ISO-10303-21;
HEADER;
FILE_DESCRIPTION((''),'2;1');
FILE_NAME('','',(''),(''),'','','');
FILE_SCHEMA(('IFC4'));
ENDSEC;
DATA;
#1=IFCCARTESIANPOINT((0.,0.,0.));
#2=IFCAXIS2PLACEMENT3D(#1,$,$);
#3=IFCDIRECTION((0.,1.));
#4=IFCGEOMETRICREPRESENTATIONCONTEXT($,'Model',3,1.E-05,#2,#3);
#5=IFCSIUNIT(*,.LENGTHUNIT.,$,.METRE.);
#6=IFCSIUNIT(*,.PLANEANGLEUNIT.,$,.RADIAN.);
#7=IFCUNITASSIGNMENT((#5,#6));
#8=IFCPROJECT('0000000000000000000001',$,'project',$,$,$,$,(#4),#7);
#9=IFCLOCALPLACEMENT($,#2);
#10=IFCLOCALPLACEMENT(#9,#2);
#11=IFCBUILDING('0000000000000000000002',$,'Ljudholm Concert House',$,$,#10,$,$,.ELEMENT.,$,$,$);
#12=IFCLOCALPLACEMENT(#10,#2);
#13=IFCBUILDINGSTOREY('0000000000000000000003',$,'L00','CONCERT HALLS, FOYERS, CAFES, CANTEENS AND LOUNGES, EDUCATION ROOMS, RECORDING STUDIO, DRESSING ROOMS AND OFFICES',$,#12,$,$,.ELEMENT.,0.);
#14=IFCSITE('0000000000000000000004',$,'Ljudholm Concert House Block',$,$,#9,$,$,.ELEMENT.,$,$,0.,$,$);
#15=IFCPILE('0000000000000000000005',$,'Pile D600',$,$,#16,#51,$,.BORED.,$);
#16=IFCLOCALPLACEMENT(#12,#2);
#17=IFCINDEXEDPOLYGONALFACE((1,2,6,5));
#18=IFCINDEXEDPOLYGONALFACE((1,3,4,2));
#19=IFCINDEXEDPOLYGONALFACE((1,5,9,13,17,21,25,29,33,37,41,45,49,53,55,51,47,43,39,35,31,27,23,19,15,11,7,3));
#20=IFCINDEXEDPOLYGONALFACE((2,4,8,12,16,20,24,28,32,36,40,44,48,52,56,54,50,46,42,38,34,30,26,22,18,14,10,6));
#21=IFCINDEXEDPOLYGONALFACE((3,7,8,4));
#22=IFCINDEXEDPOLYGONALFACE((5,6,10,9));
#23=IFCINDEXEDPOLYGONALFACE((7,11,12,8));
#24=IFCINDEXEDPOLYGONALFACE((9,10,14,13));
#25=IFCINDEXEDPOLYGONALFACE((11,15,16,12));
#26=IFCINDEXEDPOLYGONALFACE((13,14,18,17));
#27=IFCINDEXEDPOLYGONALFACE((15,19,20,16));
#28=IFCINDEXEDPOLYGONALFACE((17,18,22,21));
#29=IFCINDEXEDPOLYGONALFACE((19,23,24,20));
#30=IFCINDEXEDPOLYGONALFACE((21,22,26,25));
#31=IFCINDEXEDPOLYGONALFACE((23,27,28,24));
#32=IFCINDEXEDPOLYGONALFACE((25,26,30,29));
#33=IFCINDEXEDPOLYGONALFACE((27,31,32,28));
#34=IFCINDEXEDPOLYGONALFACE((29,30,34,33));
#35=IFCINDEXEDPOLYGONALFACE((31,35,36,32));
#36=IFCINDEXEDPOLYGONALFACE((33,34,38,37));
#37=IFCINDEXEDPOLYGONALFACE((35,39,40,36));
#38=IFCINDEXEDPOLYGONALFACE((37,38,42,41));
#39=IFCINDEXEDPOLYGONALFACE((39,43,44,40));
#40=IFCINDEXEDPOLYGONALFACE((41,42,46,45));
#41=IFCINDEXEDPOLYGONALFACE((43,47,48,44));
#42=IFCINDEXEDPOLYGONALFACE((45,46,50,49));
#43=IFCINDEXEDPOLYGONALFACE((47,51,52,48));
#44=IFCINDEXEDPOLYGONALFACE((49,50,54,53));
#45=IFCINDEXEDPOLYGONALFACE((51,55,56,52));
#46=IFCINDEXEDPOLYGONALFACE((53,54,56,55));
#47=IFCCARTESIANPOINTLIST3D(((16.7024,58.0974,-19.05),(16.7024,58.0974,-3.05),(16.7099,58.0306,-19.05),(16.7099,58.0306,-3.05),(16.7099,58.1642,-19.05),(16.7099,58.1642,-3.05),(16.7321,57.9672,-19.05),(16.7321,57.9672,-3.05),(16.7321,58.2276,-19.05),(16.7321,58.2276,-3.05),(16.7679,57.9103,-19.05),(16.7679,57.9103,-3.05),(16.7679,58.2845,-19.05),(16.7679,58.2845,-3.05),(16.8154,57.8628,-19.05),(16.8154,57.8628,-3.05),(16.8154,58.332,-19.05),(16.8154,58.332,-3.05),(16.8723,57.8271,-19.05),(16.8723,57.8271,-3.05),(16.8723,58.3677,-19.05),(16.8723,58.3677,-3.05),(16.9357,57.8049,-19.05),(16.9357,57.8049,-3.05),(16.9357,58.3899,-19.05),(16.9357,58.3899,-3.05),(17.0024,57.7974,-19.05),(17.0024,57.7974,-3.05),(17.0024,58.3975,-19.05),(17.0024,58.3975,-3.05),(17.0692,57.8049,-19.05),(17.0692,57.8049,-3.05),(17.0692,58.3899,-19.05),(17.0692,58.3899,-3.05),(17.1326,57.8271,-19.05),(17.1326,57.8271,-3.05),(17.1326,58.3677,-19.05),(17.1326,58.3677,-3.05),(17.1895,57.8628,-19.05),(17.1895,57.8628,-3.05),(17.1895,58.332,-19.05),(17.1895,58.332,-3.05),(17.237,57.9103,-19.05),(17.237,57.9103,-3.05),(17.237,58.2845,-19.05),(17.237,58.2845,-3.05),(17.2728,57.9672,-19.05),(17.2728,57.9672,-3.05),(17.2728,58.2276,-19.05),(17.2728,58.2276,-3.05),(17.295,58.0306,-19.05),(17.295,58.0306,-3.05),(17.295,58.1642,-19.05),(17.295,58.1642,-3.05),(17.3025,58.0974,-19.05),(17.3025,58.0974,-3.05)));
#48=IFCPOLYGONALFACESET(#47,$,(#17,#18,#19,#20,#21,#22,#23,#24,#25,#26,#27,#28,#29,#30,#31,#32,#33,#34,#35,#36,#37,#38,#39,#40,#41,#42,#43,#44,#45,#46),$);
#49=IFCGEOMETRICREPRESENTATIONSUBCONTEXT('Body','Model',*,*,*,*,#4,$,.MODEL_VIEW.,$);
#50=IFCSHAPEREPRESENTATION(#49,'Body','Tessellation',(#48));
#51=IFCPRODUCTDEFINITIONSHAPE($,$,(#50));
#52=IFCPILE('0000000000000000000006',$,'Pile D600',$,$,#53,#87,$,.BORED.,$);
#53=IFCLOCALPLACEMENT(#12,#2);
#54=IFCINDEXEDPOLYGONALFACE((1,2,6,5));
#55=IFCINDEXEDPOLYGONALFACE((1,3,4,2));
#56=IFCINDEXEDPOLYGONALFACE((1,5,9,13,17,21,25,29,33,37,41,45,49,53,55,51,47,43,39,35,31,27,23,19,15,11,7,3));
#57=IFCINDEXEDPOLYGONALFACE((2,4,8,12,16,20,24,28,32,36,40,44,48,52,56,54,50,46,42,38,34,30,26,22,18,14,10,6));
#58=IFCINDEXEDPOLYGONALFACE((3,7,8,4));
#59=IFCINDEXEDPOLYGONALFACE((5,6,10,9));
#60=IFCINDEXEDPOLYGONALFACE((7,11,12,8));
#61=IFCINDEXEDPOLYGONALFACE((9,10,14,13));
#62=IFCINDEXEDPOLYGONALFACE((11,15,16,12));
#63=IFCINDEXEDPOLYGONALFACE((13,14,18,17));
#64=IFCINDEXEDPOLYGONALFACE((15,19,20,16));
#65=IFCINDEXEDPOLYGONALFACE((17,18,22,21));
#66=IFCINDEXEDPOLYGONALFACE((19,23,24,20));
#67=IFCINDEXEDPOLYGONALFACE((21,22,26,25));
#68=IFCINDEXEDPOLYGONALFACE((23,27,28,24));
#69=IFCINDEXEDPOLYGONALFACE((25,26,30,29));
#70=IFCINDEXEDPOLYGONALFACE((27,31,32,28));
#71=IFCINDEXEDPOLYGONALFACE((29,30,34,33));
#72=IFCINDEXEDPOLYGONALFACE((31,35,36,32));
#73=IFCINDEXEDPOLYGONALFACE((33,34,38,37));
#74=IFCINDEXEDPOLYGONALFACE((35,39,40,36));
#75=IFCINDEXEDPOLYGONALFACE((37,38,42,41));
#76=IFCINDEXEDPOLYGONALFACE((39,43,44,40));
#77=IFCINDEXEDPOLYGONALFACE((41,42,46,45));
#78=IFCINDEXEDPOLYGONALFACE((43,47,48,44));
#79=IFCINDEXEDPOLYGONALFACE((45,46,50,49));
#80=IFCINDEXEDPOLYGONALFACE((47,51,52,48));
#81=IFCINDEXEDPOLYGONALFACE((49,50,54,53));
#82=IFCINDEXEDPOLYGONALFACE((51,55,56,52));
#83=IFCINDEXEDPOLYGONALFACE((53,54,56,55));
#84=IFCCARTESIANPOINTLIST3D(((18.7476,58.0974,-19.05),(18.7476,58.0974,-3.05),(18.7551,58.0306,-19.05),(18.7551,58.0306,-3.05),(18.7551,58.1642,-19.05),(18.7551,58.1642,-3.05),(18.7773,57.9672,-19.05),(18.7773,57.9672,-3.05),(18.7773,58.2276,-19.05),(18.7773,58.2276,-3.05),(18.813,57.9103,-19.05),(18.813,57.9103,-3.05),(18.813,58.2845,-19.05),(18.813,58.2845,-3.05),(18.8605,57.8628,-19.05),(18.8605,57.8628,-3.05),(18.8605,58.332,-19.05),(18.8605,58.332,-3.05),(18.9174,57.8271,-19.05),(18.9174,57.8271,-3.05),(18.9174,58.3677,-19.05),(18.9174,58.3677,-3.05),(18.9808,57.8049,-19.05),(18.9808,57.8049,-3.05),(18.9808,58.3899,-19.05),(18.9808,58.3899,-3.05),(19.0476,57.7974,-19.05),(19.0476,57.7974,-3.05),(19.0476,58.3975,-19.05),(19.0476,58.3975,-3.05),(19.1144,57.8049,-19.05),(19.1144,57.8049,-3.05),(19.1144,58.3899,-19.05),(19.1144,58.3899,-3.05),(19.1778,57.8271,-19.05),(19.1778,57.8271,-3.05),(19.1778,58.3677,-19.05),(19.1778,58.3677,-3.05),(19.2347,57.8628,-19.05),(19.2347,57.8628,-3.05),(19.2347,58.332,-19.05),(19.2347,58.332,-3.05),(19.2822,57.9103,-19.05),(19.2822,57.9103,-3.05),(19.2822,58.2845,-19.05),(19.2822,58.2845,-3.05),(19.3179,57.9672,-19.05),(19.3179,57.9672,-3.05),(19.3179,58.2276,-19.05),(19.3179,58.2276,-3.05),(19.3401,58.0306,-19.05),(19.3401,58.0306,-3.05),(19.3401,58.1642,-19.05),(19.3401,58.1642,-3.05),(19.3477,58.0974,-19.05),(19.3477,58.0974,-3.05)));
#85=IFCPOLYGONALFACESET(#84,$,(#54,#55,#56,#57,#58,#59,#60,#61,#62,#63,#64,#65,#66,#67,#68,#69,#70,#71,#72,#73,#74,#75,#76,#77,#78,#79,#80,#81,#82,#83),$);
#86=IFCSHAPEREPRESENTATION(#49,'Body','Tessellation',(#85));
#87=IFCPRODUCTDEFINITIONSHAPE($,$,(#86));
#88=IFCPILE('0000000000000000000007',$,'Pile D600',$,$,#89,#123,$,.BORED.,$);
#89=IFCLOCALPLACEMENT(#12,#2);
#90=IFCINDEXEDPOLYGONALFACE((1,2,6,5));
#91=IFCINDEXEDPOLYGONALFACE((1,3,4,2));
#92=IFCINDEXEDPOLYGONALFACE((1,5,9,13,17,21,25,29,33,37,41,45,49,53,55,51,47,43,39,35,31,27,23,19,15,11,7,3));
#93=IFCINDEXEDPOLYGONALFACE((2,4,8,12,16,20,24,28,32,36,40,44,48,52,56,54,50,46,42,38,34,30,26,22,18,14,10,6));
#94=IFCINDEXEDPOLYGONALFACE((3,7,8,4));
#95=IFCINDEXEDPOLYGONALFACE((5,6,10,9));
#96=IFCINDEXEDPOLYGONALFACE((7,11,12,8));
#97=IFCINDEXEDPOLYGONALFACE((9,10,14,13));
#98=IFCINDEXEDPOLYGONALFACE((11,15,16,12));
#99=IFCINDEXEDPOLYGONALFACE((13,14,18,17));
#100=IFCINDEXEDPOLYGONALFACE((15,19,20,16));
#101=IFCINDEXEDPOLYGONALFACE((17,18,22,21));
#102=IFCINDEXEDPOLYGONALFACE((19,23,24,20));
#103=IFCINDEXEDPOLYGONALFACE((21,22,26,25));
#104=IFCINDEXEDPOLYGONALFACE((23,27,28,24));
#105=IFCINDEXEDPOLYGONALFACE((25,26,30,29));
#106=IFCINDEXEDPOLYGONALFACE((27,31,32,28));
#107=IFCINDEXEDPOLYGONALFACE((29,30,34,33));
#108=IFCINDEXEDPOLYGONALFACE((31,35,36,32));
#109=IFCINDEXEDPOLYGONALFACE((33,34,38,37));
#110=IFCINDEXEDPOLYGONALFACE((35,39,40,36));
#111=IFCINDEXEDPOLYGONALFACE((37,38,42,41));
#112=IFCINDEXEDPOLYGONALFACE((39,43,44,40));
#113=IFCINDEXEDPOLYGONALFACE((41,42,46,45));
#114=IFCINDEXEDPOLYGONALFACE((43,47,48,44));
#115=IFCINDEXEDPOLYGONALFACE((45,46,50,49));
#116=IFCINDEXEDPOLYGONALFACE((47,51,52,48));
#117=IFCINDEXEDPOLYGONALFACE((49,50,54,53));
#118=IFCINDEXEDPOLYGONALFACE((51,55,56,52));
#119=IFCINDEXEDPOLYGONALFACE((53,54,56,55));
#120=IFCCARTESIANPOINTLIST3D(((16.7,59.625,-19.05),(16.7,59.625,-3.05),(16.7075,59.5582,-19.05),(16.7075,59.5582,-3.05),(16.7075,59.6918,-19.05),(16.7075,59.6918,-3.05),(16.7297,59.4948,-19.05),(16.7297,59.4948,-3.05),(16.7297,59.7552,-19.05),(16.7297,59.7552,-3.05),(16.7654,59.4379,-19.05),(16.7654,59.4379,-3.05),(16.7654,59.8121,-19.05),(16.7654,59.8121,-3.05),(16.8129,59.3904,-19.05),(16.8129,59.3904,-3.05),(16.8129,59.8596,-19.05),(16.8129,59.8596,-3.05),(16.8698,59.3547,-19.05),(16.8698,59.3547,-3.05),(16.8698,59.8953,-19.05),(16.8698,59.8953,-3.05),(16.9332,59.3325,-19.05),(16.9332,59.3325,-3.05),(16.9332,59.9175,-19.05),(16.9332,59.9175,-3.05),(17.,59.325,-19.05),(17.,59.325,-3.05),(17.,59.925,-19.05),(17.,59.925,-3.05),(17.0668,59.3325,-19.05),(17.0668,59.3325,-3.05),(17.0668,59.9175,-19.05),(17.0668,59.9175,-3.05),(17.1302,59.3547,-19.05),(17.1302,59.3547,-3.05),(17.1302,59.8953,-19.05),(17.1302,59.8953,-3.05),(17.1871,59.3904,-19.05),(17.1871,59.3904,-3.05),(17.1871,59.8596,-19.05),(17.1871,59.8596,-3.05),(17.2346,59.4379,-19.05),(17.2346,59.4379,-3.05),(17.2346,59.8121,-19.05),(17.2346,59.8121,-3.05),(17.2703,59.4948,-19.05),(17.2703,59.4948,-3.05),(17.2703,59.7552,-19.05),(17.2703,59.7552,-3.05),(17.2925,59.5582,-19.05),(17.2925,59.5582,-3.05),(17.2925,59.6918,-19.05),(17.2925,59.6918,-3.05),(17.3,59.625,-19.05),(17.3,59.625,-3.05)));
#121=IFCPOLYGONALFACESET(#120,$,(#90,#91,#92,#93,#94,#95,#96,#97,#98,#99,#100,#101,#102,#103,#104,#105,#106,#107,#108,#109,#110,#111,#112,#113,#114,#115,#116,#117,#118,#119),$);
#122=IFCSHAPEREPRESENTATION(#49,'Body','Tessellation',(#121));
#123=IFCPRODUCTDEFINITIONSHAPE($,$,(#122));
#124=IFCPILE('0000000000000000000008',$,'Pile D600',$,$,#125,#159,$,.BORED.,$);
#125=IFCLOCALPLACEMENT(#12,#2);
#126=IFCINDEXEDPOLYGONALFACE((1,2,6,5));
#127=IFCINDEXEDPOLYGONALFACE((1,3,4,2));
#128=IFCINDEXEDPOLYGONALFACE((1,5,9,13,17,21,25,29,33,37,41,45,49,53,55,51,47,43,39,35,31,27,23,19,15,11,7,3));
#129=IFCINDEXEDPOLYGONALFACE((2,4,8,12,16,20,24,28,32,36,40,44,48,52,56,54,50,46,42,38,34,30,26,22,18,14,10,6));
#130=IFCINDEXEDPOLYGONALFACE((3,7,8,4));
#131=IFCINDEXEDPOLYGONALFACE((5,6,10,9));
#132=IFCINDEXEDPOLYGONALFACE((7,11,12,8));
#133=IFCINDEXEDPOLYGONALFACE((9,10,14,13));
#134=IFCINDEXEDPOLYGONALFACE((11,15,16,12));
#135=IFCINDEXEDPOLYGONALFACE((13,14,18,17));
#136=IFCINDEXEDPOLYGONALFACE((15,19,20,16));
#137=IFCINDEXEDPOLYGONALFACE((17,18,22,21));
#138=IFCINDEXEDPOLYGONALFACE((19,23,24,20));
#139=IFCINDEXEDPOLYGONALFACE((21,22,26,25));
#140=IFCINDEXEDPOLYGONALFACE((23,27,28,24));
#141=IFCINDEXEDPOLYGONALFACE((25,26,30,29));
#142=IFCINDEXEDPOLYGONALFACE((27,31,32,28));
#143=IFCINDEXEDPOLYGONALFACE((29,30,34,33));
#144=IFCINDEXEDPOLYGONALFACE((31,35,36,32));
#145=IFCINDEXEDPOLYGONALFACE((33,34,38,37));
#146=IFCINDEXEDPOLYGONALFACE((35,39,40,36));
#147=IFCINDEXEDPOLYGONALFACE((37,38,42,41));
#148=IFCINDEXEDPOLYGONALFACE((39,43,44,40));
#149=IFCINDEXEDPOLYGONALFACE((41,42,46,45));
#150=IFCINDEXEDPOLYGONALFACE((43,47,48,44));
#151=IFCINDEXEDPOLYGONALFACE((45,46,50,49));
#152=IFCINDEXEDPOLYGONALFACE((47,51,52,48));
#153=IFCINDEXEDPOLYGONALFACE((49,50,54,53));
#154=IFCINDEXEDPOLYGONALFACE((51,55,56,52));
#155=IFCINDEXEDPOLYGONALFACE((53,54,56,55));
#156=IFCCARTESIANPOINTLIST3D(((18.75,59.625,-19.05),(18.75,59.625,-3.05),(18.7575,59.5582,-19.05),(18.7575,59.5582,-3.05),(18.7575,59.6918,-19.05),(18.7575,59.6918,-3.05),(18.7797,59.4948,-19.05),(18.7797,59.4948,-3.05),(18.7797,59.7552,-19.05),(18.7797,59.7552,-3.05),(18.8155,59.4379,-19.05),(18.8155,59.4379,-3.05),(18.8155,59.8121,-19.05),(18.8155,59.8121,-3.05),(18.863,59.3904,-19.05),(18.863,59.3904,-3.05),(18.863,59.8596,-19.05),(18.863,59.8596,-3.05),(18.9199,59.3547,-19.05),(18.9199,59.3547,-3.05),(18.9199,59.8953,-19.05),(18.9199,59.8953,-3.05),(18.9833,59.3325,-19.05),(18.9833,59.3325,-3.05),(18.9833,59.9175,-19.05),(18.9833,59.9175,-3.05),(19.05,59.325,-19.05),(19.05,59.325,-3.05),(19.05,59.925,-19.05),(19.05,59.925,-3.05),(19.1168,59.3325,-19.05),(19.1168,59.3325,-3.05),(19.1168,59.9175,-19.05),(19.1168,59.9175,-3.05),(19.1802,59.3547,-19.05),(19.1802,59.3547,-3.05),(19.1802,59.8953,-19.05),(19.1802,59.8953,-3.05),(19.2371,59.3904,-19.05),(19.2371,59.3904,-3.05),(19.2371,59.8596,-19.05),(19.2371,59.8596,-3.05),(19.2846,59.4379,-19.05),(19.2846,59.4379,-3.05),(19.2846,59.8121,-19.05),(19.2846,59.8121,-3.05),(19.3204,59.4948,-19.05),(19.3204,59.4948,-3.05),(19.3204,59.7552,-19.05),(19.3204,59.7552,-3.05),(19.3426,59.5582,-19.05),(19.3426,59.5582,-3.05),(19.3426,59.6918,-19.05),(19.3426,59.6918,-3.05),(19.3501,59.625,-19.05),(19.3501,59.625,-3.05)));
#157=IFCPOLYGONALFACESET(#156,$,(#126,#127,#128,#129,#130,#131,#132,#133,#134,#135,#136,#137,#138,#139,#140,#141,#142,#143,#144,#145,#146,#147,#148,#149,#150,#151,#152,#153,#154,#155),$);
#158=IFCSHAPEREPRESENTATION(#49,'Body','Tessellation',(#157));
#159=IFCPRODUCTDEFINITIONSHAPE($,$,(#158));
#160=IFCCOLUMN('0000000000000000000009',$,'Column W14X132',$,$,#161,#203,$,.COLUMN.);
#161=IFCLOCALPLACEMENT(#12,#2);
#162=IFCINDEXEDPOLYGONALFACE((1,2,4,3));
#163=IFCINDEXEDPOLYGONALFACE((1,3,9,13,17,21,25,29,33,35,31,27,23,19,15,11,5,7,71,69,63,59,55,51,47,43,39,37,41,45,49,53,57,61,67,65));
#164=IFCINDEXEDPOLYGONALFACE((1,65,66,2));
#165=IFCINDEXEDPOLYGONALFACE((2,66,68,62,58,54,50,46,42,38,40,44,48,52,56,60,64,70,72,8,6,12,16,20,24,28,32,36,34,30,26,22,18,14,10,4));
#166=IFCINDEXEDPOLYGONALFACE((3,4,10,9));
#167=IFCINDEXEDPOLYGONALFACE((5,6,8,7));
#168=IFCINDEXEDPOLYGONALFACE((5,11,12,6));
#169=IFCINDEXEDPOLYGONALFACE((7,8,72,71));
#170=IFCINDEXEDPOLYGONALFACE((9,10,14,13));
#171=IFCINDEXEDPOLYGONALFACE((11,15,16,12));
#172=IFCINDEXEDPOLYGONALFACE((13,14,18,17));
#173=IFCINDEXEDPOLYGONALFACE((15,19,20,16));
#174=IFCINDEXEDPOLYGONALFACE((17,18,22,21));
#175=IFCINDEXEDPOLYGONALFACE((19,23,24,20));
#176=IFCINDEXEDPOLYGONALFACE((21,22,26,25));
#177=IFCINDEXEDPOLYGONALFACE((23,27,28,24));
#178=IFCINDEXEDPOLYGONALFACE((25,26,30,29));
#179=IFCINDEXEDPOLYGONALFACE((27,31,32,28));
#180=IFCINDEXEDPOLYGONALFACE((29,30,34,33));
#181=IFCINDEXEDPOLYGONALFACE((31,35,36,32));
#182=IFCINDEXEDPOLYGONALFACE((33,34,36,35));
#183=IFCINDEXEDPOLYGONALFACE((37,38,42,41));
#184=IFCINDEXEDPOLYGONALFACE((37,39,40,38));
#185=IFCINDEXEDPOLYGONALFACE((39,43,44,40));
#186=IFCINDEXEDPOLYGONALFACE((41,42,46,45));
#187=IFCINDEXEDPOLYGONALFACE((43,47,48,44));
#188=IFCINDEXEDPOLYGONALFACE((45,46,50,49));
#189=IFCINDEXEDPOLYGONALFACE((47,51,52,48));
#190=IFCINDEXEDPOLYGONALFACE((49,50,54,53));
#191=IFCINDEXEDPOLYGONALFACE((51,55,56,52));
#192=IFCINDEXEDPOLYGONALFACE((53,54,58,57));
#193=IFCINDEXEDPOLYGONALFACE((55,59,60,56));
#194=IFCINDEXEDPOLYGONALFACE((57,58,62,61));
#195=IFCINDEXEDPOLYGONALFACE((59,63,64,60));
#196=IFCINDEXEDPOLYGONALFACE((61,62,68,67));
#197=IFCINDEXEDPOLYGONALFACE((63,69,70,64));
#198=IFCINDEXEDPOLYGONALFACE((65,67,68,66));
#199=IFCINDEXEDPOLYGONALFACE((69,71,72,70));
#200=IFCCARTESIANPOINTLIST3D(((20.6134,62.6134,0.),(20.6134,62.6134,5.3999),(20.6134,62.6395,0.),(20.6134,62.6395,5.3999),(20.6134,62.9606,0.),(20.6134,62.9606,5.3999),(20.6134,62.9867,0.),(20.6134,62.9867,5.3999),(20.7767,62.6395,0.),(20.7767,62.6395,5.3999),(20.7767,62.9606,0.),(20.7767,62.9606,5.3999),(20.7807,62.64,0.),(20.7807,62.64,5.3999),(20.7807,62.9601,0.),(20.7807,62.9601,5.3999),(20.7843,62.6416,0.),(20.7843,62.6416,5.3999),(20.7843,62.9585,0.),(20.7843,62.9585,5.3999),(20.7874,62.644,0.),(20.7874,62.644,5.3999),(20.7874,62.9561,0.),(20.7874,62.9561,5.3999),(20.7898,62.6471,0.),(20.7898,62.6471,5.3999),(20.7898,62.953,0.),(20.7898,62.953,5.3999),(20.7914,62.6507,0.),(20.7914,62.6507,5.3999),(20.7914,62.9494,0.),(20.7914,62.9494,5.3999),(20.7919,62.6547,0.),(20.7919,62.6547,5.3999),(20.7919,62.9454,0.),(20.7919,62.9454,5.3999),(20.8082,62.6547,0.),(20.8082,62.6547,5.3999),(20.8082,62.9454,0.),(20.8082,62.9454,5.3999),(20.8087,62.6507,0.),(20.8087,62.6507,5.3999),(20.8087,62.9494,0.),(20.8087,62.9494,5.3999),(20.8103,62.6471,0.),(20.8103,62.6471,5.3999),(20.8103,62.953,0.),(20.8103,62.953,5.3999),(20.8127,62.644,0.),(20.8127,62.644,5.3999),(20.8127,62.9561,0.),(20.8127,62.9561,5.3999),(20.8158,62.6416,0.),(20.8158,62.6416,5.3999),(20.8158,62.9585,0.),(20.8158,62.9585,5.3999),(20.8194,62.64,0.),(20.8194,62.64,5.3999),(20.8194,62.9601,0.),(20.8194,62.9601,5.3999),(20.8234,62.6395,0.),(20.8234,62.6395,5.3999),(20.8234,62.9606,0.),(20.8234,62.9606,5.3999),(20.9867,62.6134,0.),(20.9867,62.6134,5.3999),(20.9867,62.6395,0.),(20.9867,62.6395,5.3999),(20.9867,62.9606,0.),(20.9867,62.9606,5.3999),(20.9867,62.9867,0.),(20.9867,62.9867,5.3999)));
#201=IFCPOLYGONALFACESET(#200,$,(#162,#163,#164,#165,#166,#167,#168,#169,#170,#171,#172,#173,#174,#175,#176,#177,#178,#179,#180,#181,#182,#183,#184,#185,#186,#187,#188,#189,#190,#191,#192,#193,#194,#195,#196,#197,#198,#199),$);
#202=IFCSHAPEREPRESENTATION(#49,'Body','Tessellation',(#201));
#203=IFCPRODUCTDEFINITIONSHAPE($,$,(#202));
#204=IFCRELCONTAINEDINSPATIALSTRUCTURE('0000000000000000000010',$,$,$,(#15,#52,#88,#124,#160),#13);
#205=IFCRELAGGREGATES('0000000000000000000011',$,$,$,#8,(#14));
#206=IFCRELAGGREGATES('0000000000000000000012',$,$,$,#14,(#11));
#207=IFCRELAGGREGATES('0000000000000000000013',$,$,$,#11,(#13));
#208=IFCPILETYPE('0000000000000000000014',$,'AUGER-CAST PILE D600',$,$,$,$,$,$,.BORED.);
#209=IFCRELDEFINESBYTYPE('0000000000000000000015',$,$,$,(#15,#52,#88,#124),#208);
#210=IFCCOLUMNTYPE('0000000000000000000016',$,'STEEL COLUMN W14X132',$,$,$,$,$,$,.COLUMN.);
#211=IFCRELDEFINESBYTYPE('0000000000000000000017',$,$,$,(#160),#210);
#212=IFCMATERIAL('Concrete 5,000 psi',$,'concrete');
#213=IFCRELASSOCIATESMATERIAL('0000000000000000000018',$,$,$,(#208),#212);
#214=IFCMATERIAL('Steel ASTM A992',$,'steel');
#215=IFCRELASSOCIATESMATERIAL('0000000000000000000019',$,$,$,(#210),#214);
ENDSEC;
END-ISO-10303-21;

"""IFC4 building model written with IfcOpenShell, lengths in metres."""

from ifc_helpers import new_model, si_unit, direction, frame, origin, origin_2d, place, context, subcontext, project, spatial, circle, i_section, extrude, material, material_profile, profile_set, type_object, element, save


model = new_model("IFC4")

# Units and contexts
model_context = context("Model", 3, precision=1e-05, world=origin(), true_north=direction((0.0, 1.0)))
body_context = subcontext(model_context, "Body", "Model", "MODEL_VIEW")
ifc_project = project(units=[si_unit("LENGTHUNIT", "METRE"), si_unit("PLANEANGLEUNIT", "RADIAN")], contexts=[model_context])

# Site, building, storey
site_placement = place(None, origin())
site = spatial("IfcSite", under=ifc_project, at=site_placement, Name="Ljudholm Concert House Block", CompositionType="ELEMENT", RefElevation=0.0)
building_placement = place(site_placement, origin())
building = spatial("IfcBuilding", under=site, at=building_placement, Name="Ljudholm Concert House", CompositionType="ELEMENT")
storey_placement = place(building_placement, origin())
storey = spatial("IfcBuildingStorey", under=building, at=storey_placement, Name="L00", Description="CONCERT HALLS, FOYERS, CAFES, CANTEENS AND LOUNGES, EDUCATION ROOMS, RECORDING STUDIO, DRESSING ROOMS AND OFFICES", CompositionType="ELEMENT", Elevation=0.0)

# Piles
ifc_material_1 = material(Name="Concrete 5,000 psi", Category="concrete")
ifc_material_profile_1 = material_profile(ifc_material_1, circle(Radius=0.3, at=origin_2d()), Name="AUGER-CAST PILE D600")
ifc_profile_set_1 = profile_set([ifc_material_profile_1], Name="Concrete 5,000 psi")
pile_type = type_object("IfcPileType", Name="AUGER-CAST PILE D600", PredefinedType="BORED", material=ifc_profile_set_1)
for number, where, z_axis, x_axis, name in (
    (1, (17.0024, 58.0974, -3.05), (0.0, 0.0, -1.0), (1.0, 0.0, 0.0), "Pile D600"),
    (2, (19.0476, 58.0974, -3.05), (0.0, 0.0, -1.0), (1.0, 0.0, 0.0), "Pile D600"),
    (3, (17.0, 59.625, -3.05), (0.0, 0.0, -1.0), (1.0, 0.0, 0.0), "Pile D600"),
    (4, (19.05, 59.625, -3.05), (0.0, 0.0, -1.0), (1.0, 0.0, 0.0), "Pile D600"),
):
    element("IfcPile", number, at=place(storey_placement, frame(where, z_axis=z_axis, x_axis=x_axis)), inside=storey, type_object=pile_type, Name=name, PredefinedType="BORED", context=body_context, shape_type="SweptSolid", body=[
        extrude(circle(Radius=0.3, at=origin_2d()), origin(), (0.0, 0.0, 1.0), 16.0),
    ])

# Column
ifc_material_2 = material(Name="Steel ASTM A992", Category="steel")
ifc_material_profile_2 = material_profile(ifc_material_2, i_section(OverallWidth=0.3733, OverallDepth=0.3733, WebThickness=0.0164, FlangeThickness=0.0261, FilletRadius=0.0151, at=origin_2d()), Name="W14X132")
ifc_profile_set_2 = profile_set([ifc_material_profile_2], Name="Steel ASTM A992")
column_type = type_object("IfcColumnType", Name="STEEL COLUMN W14X132", PredefinedType="COLUMN", material=ifc_profile_set_2)
for number, where, z_axis, x_axis, name in (
    (5, (20.8, 62.8, 0.0), (0.0, 0.0, 1.0), (1.0, 0.0, 0.0), "Column W14X132"),
):
    element("IfcColumn", number, at=place(storey_placement, frame(where, z_axis=z_axis, x_axis=x_axis)), inside=storey, type_object=column_type, Name=name, PredefinedType="COLUMN", context=body_context, shape_type="SweptSolid", body=[
        extrude(i_section(OverallWidth=0.3733, OverallDepth=0.3733, WebThickness=0.0164, FlangeThickness=0.0261, FilletRadius=0.0151, at=origin_2d()), origin(), (0.0, 0.0, 1.0), 5.3999),
    ])

save(model, "model.ifc")
